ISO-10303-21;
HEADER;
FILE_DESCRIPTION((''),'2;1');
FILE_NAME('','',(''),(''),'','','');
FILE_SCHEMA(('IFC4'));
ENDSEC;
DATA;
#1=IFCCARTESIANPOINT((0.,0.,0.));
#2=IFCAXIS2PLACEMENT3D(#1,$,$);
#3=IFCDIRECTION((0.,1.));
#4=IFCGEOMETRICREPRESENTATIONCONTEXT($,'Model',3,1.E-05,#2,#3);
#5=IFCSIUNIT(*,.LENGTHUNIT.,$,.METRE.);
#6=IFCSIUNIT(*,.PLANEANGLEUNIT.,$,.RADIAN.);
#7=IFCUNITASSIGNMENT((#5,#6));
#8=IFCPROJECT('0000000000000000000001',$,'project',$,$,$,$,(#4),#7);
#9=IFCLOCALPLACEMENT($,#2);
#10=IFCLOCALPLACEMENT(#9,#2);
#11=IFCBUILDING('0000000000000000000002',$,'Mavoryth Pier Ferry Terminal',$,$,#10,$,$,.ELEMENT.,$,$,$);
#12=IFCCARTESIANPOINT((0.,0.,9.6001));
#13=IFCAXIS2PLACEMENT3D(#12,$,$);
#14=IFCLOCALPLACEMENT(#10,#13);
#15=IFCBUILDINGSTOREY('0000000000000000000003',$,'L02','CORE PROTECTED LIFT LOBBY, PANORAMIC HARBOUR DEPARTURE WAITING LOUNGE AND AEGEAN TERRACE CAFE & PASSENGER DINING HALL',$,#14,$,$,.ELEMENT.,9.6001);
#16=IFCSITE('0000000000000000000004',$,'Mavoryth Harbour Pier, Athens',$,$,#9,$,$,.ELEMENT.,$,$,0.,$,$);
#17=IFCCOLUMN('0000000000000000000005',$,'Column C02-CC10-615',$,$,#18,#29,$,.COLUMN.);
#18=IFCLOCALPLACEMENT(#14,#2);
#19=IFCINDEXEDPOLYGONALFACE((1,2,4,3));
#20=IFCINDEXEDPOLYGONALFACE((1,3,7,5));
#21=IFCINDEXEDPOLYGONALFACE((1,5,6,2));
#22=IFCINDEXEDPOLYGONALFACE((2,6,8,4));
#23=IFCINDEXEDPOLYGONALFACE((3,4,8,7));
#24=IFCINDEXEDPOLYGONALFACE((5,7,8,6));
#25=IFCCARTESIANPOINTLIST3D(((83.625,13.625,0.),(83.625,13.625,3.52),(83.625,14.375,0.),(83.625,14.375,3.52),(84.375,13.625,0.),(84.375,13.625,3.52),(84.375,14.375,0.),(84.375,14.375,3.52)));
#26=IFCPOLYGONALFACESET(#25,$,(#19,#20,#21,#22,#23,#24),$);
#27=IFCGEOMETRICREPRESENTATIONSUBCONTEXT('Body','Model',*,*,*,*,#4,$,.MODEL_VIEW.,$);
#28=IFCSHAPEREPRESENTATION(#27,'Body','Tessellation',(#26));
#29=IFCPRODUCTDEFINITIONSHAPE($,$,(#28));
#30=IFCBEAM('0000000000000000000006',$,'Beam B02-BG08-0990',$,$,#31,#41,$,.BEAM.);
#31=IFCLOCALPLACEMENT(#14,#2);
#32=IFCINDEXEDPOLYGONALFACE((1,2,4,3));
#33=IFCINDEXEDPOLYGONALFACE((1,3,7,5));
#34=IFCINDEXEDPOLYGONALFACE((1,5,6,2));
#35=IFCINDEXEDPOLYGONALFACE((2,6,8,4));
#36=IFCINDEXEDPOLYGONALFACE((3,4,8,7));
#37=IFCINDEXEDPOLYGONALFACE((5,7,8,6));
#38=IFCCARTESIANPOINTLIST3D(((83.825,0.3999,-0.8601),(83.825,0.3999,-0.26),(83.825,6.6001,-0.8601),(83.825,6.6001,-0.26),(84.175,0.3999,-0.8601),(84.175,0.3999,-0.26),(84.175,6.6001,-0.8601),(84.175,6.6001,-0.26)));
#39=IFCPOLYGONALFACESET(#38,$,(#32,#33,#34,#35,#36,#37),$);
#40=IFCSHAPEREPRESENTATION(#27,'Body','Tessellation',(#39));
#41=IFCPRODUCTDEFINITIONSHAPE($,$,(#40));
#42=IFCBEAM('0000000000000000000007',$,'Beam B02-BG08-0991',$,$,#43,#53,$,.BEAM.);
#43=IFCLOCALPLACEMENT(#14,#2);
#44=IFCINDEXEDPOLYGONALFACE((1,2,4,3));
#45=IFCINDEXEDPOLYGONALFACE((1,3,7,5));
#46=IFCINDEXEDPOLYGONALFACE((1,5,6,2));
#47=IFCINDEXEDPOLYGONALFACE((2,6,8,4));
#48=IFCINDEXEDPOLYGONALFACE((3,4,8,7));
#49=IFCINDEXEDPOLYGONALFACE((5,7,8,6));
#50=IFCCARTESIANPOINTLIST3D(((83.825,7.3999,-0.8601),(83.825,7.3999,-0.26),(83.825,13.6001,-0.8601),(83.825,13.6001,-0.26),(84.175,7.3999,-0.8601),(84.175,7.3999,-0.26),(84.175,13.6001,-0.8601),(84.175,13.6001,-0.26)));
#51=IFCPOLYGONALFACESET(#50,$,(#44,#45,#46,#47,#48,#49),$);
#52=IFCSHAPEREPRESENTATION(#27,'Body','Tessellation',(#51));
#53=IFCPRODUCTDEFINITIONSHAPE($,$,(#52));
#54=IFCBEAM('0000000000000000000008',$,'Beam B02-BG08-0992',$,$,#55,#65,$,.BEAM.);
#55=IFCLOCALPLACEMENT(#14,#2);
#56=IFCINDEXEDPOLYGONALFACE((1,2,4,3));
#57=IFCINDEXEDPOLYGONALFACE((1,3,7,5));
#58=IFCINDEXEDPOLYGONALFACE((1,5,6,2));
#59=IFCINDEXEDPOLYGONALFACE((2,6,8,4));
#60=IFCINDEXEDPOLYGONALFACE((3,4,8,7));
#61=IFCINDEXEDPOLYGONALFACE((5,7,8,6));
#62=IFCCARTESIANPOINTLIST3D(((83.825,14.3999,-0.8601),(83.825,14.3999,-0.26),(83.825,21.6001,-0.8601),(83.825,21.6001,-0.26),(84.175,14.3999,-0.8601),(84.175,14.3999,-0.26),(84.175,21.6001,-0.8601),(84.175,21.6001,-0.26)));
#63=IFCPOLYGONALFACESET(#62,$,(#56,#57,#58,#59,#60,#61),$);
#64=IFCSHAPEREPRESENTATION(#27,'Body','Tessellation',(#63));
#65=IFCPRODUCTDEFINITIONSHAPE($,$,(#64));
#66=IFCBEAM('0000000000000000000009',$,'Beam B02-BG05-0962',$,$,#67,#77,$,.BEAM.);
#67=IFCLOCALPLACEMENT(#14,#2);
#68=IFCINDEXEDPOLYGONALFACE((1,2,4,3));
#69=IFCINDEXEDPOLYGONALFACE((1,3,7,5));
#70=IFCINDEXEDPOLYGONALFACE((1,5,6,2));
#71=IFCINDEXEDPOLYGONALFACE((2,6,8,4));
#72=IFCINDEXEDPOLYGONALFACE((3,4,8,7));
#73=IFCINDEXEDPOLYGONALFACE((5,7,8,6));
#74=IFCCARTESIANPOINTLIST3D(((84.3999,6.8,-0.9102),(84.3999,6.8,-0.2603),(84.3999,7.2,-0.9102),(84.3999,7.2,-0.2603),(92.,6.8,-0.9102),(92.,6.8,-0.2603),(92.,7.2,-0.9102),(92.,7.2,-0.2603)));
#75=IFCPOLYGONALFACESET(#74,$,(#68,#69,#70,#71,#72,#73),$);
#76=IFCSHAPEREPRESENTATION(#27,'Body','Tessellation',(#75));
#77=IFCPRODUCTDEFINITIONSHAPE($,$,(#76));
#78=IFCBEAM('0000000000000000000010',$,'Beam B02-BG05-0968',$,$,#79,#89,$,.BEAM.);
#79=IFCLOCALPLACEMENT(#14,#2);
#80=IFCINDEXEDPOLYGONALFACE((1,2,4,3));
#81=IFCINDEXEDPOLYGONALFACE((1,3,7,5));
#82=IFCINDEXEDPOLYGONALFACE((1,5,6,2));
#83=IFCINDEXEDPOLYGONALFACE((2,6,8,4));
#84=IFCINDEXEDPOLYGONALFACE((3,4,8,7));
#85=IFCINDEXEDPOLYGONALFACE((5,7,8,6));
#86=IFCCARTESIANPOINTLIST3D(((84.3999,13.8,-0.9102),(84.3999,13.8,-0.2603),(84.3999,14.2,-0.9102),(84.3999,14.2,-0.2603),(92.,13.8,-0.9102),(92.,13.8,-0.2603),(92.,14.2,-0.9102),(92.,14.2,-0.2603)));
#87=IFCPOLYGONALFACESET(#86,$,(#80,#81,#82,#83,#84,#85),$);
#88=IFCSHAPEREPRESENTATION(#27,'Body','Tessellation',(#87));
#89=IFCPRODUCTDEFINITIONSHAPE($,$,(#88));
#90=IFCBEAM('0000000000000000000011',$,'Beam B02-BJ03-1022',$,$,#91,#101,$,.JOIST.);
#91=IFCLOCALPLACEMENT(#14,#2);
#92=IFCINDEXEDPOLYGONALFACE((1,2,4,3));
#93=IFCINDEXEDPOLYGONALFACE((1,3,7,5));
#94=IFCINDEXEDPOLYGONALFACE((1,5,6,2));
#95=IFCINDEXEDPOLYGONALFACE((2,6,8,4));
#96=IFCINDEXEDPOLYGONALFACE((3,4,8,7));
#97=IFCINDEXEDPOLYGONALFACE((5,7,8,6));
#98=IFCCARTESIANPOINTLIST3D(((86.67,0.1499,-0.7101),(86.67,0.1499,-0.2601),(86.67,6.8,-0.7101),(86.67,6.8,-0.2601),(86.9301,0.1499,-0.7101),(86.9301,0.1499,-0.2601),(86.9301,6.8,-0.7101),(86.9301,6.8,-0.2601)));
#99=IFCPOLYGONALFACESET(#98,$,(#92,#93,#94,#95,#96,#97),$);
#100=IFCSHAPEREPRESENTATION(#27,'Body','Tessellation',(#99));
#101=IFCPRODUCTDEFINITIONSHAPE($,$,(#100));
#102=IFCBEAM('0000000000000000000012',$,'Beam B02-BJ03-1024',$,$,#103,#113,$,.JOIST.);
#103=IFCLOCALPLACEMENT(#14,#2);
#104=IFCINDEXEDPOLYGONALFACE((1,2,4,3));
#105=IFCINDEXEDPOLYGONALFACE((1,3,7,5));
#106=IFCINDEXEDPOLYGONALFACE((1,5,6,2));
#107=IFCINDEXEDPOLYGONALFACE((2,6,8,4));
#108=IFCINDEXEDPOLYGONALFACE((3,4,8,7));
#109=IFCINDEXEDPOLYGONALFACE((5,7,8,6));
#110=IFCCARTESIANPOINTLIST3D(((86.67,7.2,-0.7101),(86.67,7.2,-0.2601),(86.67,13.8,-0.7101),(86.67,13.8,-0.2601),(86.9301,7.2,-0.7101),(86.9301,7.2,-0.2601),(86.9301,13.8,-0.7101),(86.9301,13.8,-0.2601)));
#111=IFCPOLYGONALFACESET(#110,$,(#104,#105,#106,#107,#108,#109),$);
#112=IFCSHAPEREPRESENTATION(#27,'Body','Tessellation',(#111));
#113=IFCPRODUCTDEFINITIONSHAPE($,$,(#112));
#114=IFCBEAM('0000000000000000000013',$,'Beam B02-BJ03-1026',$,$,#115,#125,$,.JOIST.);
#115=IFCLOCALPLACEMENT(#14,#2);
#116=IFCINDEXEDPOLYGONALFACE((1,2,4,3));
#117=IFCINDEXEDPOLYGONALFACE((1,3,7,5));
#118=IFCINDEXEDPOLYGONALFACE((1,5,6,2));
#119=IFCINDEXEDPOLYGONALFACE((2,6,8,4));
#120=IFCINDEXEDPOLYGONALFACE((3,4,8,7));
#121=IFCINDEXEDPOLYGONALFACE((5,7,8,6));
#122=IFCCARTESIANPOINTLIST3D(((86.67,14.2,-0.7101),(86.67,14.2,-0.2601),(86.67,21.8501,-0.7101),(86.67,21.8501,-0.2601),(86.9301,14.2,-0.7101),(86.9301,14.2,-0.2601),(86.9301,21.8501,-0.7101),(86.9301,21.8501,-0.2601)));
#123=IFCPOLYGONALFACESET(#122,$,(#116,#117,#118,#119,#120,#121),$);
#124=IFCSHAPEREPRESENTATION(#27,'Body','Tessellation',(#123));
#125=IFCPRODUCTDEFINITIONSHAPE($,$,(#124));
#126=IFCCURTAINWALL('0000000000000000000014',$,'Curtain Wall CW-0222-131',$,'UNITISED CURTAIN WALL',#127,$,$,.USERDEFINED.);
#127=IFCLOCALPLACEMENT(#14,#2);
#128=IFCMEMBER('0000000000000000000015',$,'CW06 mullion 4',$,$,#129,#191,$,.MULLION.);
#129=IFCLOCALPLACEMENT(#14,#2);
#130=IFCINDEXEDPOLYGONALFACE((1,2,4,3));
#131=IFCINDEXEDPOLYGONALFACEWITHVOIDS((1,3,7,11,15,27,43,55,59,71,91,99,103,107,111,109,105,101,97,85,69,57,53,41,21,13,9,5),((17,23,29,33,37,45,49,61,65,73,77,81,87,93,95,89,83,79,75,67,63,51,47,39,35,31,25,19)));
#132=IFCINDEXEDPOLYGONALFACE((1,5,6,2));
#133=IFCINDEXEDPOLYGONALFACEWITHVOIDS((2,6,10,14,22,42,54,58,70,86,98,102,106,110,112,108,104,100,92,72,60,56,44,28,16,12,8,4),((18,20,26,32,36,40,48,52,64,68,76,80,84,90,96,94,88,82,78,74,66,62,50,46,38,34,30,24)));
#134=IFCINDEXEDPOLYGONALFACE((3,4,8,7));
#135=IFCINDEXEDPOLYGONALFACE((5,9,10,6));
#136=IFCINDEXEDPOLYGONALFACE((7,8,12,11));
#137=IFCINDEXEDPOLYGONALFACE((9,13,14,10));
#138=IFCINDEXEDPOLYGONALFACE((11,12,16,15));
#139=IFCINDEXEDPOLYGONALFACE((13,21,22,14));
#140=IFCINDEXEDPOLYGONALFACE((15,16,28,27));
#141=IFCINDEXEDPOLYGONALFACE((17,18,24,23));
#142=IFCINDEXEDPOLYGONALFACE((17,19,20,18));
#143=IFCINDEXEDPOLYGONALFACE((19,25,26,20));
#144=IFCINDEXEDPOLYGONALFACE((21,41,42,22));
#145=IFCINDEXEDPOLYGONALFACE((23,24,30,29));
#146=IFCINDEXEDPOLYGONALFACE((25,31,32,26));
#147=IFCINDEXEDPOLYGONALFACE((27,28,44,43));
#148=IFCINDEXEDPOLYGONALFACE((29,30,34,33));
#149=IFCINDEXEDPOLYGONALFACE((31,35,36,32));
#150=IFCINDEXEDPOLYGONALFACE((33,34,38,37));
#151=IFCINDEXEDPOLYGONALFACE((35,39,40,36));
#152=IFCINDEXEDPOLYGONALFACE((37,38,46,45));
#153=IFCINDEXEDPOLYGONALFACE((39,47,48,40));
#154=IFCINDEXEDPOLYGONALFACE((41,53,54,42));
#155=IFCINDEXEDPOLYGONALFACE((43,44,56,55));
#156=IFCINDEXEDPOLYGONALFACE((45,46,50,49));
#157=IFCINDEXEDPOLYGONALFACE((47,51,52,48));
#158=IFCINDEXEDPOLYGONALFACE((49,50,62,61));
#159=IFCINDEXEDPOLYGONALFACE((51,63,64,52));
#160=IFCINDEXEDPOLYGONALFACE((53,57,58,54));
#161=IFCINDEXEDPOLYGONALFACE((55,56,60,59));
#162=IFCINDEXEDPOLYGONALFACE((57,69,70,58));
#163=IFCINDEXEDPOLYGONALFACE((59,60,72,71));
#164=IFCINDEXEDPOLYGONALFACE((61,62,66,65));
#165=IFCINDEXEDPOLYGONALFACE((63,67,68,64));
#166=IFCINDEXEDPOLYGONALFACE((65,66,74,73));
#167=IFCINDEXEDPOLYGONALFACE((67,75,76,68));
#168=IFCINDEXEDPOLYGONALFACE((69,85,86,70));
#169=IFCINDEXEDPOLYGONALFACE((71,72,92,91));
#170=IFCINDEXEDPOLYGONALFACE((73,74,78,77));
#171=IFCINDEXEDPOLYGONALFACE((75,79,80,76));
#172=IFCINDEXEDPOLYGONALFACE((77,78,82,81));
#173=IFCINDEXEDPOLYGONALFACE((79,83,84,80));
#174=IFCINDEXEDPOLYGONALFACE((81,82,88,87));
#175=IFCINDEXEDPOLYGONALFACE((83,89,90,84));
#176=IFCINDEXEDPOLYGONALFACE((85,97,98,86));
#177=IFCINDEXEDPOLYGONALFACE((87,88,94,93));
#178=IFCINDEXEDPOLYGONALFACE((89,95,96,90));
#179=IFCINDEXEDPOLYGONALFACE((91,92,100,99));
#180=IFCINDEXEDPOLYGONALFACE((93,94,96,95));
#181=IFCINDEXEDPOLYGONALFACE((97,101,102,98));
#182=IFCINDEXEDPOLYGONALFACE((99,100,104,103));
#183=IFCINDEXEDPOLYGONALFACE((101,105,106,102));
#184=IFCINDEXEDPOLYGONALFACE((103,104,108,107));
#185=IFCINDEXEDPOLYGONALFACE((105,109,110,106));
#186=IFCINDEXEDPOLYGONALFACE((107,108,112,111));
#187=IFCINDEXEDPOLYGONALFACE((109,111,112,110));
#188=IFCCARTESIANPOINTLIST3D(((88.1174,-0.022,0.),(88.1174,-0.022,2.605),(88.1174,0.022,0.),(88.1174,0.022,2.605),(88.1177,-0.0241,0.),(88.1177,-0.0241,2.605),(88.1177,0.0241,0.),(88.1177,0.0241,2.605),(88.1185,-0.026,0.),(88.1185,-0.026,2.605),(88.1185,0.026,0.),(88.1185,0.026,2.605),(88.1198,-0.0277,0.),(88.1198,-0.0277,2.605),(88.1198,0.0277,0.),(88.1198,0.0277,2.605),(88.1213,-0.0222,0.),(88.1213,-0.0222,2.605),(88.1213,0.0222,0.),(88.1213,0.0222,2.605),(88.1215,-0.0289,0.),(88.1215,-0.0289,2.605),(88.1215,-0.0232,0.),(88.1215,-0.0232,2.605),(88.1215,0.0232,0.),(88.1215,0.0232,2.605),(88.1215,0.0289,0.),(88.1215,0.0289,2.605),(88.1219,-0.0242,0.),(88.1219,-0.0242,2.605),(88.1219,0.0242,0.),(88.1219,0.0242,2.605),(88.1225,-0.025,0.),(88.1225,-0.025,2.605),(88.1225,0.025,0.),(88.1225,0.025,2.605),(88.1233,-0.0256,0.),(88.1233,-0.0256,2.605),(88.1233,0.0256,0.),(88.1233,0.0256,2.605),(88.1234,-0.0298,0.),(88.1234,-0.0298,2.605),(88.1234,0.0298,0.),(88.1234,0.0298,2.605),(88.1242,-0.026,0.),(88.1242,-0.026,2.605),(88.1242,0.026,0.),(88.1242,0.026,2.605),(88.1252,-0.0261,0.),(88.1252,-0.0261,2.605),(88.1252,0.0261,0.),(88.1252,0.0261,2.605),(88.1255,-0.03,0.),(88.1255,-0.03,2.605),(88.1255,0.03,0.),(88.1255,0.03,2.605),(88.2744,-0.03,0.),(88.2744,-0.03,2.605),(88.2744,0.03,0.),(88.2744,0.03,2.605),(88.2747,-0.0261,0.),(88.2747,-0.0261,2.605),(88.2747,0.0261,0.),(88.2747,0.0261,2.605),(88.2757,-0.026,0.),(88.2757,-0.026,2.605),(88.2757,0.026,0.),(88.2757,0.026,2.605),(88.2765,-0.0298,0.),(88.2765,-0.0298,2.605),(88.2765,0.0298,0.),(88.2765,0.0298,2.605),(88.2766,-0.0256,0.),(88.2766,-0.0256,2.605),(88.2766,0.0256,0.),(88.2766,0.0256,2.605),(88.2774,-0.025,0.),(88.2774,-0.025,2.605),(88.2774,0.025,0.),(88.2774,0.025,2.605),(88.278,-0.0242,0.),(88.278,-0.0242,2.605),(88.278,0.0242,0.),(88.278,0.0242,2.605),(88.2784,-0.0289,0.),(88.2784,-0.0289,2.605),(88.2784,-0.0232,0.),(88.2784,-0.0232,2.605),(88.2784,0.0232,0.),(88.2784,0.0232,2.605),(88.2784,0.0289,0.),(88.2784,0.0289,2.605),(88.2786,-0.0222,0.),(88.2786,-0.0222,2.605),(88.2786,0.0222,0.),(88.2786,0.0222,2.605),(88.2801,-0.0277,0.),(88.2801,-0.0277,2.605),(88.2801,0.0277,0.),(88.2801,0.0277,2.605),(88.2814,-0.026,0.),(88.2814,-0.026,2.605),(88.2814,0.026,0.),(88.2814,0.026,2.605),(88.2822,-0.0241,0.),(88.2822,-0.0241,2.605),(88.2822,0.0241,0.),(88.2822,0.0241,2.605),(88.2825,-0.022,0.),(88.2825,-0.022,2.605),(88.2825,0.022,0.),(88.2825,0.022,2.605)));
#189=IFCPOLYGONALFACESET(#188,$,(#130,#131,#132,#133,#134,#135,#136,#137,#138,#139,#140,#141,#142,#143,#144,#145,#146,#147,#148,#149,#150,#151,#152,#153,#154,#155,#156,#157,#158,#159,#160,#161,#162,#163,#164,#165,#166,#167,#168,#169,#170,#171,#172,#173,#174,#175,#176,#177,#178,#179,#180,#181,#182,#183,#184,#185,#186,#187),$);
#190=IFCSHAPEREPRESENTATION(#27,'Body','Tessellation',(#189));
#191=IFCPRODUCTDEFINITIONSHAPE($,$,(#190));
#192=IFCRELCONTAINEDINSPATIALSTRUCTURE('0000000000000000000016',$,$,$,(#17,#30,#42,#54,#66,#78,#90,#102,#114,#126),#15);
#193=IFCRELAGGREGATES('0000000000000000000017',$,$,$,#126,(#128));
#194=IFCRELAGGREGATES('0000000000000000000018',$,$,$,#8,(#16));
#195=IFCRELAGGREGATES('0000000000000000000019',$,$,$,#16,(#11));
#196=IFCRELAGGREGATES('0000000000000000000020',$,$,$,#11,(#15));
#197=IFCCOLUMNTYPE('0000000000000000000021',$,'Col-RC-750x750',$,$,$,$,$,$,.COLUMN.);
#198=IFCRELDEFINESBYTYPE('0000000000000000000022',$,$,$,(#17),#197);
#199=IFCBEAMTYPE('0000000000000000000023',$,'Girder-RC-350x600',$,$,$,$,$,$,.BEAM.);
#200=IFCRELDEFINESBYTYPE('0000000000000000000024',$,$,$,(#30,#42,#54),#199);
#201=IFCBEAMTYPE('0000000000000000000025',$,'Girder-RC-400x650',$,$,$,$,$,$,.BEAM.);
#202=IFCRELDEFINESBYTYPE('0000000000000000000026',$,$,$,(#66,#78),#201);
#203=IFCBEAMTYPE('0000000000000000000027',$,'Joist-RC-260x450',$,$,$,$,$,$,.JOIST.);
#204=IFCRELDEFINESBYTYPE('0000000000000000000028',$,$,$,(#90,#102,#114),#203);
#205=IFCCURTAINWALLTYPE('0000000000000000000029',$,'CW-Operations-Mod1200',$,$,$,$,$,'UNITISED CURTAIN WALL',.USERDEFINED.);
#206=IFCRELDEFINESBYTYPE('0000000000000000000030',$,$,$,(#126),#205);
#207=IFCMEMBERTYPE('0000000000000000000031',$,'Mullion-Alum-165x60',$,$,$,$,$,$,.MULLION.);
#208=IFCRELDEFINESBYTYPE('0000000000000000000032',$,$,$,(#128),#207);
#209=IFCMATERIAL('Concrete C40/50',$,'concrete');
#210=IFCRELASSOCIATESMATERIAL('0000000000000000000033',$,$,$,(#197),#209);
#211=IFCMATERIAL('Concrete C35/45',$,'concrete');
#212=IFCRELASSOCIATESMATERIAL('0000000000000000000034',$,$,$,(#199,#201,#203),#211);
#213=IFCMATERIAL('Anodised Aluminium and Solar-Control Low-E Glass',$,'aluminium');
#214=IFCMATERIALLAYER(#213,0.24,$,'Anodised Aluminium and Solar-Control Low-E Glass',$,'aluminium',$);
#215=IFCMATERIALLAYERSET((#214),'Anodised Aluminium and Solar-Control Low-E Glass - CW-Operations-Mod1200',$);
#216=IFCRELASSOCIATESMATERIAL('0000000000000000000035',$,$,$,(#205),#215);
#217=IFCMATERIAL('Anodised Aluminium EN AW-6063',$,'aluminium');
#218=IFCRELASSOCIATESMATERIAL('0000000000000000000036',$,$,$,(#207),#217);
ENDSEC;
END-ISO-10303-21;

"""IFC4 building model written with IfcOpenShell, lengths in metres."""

from ifc_helpers import new_model, si_unit, direction, frame, origin, origin_2d, place, context, subcontext, project, spatial, rectangle, hollow_rectangle, extrude, material, layer, layer_set, material_profile, profile_set, type_object, element, aggregate, save


model = new_model("IFC4")

# Units and contexts
model_context = context("Model", 3, precision=1e-05, world=origin(), true_north=direction((0.0, 1.0)))
body_context = subcontext(model_context, "Body", "Model", "MODEL_VIEW")
ifc_project = project(units=[si_unit("LENGTHUNIT", "METRE"), si_unit("PLANEANGLEUNIT", "RADIAN")], contexts=[model_context])

# Site, building, storey
site_placement = place(None, origin())
site = spatial("IfcSite", under=ifc_project, at=site_placement, Name="Mavoryth Harbour Pier, Athens", CompositionType="ELEMENT", RefElevation=0.0)
building_placement = place(site_placement, origin())
building = spatial("IfcBuilding", under=site, at=building_placement, Name="Mavoryth Pier Ferry Terminal", CompositionType="ELEMENT")
storey_placement = place(building_placement, frame((0.0, 0.0, 9.6001)))
storey = spatial("IfcBuildingStorey", under=building, at=storey_placement, Name="L02", Description="CORE PROTECTED LIFT LOBBY, PANORAMIC HARBOUR DEPARTURE WAITING LOUNGE AND AEGEAN TERRACE CAFE & PASSENGER DINING HALL", CompositionType="ELEMENT", Elevation=9.6001)

# Column
ifc_material_1 = material(Name="Concrete C40/50", Category="concrete")
ifc_material_profile_1 = material_profile(ifc_material_1, rectangle(XDim=0.75, YDim=0.75, at=origin_2d()), Name="RC 750x750", Category="concrete")
ifc_profile_set_1 = profile_set([ifc_material_profile_1], Name="Concrete C40/50 - RC 750x750")
column_type = type_object("IfcColumnType", Name="Col-RC-750x750", PredefinedType="COLUMN", material=ifc_profile_set_1)
column_placement = place(storey_placement, frame((84.0, 14.0, 0.0), z_axis=(0.0, 0.0, 1.0), x_axis=(1.0, 0.0, 0.0)))
element("IfcColumn", 1, at=column_placement, inside=storey, type_object=column_type, Name="Column C02-CC10-615", PredefinedType="COLUMN", context=body_context, shape_type="SweptSolid", body=[
    extrude(rectangle(XDim=0.75, YDim=0.75, at=origin_2d()), origin(), (0.0, 0.0, 1.0), 3.52),
])

# Beams
ifc_material_2 = material(Name="Concrete C35/45", Category="concrete")
ifc_material_profile_2 = material_profile(ifc_material_2, rectangle(XDim=0.3501, YDim=0.6001, at=origin_2d()), Name="RC 350x600", Category="concrete")
ifc_profile_set_2 = profile_set([ifc_material_profile_2], Name="Concrete C35/45 - RC 350x600")
beam_type_1 = type_object("IfcBeamType", Name="Girder-RC-350x600", PredefinedType="BEAM", material=ifc_profile_set_2)
for number, where, z_axis, x_axis, name in (
    (2, (84.0, 0.3999, -0.5601), (0.0, 1.0, 0.0), (-1.0, 0.0, 0.0), "Beam B02-BG08-0990"),
    (3, (84.0, 7.3999, -0.5601), (0.0, 1.0, 0.0), (-1.0, 0.0, 0.0), "Beam B02-BG08-0991"),
):
    element("IfcBeam", number, at=place(storey_placement, frame(where, z_axis=z_axis, x_axis=x_axis)), inside=storey, type_object=beam_type_1, Name=name, PredefinedType="BEAM", context=body_context, shape_type="SweptSolid", body=[
        extrude(rectangle(XDim=0.3501, YDim=0.6001, at=origin_2d()), origin(), (0.0, 0.0, 1.0), 6.2002),
    ])
beam_1_placement = place(storey_placement, frame((84.0, 14.3999, -0.5601), z_axis=(0.0, 1.0, 0.0), x_axis=(-1.0, 0.0, 0.0)))
element("IfcBeam", 4, at=beam_1_placement, inside=storey, type_object=beam_type_1, Name="Beam B02-BG08-0992", PredefinedType="BEAM", context=body_context, shape_type="SweptSolid", body=[
    extrude(rectangle(XDim=0.3501, YDim=0.6001, at=origin_2d()), origin(), (0.0, 0.0, 1.0), 7.2002),
])
ifc_material_profile_3 = material_profile(ifc_material_2, rectangle(XDim=0.3999, YDim=0.6499, at=origin_2d()), Name="RC 400x650", Category="concrete")
ifc_profile_set_3 = profile_set([ifc_material_profile_3], Name="Concrete C35/45 - RC 400x650")
beam_type_2 = type_object("IfcBeamType", Name="Girder-RC-400x650", PredefinedType="BEAM", material=ifc_profile_set_3)
for number, where, z_axis, x_axis, name in (
    (5, (84.3999, 7.0, -0.5852), (1.0, 0.0, 0.0), (0.0, 1.0, 0.0), "Beam B02-BG05-0962"),
    (6, (84.3999, 14.0, -0.5852), (1.0, 0.0, 0.0), (0.0, 1.0, 0.0), "Beam B02-BG05-0968"),
):
    element("IfcBeam", number, at=place(storey_placement, frame(where, z_axis=z_axis, x_axis=x_axis)), inside=storey, type_object=beam_type_2, Name=name, PredefinedType="BEAM", context=body_context, shape_type="SweptSolid", body=[
        extrude(rectangle(XDim=0.3999, YDim=0.6499, at=origin_2d()), origin(), (0.0, 0.0, 1.0), 7.6001),
    ])
ifc_material_profile_4 = material_profile(ifc_material_2, rectangle(XDim=0.26, YDim=0.45, at=origin_2d()), Name="RC 260x450", Category="concrete")
ifc_profile_set_4 = profile_set([ifc_material_profile_4], Name="Concrete C35/45 - RC 260x450")
beam_type_3 = type_object("IfcBeamType", Name="Joist-RC-260x450", PredefinedType="JOIST", material=ifc_profile_set_4)
beam_2_placement = place(storey_placement, frame((86.8, 0.1499, -0.4851), z_axis=(0.0, 1.0, 0.0), x_axis=(-1.0, 0.0, 0.0)))
element("IfcBeam", 7, at=beam_2_placement, inside=storey, type_object=beam_type_3, Name="Beam B02-BJ03-1022", PredefinedType="JOIST", context=body_context, shape_type="SweptSolid", body=[
    extrude(rectangle(XDim=0.26, YDim=0.45, at=origin_2d()), origin(), (0.0, 0.0, 1.0), 6.6501),
])
beam_3_placement = place(storey_placement, frame((86.8, 7.2, -0.4851), z_axis=(0.0, 1.0, 0.0), x_axis=(-1.0, 0.0, 0.0)))
element("IfcBeam", 8, at=beam_3_placement, inside=storey, type_object=beam_type_3, Name="Beam B02-BJ03-1024", PredefinedType="JOIST", context=body_context, shape_type="SweptSolid", body=[
    extrude(rectangle(XDim=0.26, YDim=0.45, at=origin_2d()), origin(), (0.0, 0.0, 1.0), 6.6001),
])
beam_4_placement = place(storey_placement, frame((86.8, 14.2, -0.4851), z_axis=(0.0, 1.0, 0.0), x_axis=(-1.0, 0.0, 0.0)))
element("IfcBeam", 9, at=beam_4_placement, inside=storey, type_object=beam_type_3, Name="Beam B02-BJ03-1026", PredefinedType="JOIST", context=body_context, shape_type="SweptSolid", body=[
    extrude(rectangle(XDim=0.26, YDim=0.45, at=origin_2d()), origin(), (0.0, 0.0, 1.0), 7.6501),
])

# Curtain wall, member
ifc_material_3 = material(Name="Anodised Aluminium and Solar-Control Low-E Glass", Category="aluminium")
ifc_layer_1 = layer(ifc_material_3, 0.24, Name="Anodised Aluminium and Solar-Control Low-E Glass", Category="aluminium")
ifc_layer_set_1 = layer_set([ifc_layer_1], Name="Anodised Aluminium and Solar-Control Low-E Glass - CW-Operations-Mod1200")
curtain_wall_type = type_object("IfcCurtainWallType", Name="CW-Operations-Mod1200", ElementType="UNITISED CURTAIN WALL", PredefinedType="USERDEFINED", material=ifc_layer_set_1)
curtain_wall_placement = place(storey_placement, origin())
curtain_wall = element("IfcCurtainWall", 10, at=curtain_wall_placement, inside=storey, type_object=curtain_wall_type, Name="Curtain Wall CW-0222-131", ObjectType="UNITISED CURTAIN WALL", PredefinedType="USERDEFINED")
ifc_material_4 = material(Name="Anodised Aluminium EN AW-6063", Category="aluminium")
ifc_material_profile_5 = material_profile(ifc_material_4, hollow_rectangle(XDim=0.0601, YDim=0.165, WallThickness=0.0039, InnerFilletRadius=0.0039, OuterFilletRadius=0.0081, at=origin_2d()), Name="AL-MULL 165x60x4", Category="aluminium")
ifc_profile_set_5 = profile_set([ifc_material_profile_5], Name="Anodised Aluminium EN AW-6063 - AL-MULL 165x60x4")
member_type_1 = type_object("IfcMemberType", Name="Mullion-Alum-165x60", PredefinedType="MULLION", material=ifc_profile_set_5)
member_1_placement = place(storey_placement, frame((88.2, 0.0, 0.0), z_axis=(0.0, 0.0, 1.0), x_axis=(0.0, 1.0, 0.0)))
member_1 = element("IfcMember", 11, at=member_1_placement, type_object=member_type_1, Name="CW06 mullion 4", PredefinedType="MULLION", context=body_context, shape_type="SweptSolid", body=[
    extrude(hollow_rectangle(XDim=0.0601, YDim=0.165, WallThickness=0.0039, InnerFilletRadius=0.0039, OuterFilletRadius=0.0081, at=origin_2d()), origin(), (0.0, 0.0, 1.0), 2.605),
])
aggregate(curtain_wall, [member_1])

save(model, "model.ifc")
